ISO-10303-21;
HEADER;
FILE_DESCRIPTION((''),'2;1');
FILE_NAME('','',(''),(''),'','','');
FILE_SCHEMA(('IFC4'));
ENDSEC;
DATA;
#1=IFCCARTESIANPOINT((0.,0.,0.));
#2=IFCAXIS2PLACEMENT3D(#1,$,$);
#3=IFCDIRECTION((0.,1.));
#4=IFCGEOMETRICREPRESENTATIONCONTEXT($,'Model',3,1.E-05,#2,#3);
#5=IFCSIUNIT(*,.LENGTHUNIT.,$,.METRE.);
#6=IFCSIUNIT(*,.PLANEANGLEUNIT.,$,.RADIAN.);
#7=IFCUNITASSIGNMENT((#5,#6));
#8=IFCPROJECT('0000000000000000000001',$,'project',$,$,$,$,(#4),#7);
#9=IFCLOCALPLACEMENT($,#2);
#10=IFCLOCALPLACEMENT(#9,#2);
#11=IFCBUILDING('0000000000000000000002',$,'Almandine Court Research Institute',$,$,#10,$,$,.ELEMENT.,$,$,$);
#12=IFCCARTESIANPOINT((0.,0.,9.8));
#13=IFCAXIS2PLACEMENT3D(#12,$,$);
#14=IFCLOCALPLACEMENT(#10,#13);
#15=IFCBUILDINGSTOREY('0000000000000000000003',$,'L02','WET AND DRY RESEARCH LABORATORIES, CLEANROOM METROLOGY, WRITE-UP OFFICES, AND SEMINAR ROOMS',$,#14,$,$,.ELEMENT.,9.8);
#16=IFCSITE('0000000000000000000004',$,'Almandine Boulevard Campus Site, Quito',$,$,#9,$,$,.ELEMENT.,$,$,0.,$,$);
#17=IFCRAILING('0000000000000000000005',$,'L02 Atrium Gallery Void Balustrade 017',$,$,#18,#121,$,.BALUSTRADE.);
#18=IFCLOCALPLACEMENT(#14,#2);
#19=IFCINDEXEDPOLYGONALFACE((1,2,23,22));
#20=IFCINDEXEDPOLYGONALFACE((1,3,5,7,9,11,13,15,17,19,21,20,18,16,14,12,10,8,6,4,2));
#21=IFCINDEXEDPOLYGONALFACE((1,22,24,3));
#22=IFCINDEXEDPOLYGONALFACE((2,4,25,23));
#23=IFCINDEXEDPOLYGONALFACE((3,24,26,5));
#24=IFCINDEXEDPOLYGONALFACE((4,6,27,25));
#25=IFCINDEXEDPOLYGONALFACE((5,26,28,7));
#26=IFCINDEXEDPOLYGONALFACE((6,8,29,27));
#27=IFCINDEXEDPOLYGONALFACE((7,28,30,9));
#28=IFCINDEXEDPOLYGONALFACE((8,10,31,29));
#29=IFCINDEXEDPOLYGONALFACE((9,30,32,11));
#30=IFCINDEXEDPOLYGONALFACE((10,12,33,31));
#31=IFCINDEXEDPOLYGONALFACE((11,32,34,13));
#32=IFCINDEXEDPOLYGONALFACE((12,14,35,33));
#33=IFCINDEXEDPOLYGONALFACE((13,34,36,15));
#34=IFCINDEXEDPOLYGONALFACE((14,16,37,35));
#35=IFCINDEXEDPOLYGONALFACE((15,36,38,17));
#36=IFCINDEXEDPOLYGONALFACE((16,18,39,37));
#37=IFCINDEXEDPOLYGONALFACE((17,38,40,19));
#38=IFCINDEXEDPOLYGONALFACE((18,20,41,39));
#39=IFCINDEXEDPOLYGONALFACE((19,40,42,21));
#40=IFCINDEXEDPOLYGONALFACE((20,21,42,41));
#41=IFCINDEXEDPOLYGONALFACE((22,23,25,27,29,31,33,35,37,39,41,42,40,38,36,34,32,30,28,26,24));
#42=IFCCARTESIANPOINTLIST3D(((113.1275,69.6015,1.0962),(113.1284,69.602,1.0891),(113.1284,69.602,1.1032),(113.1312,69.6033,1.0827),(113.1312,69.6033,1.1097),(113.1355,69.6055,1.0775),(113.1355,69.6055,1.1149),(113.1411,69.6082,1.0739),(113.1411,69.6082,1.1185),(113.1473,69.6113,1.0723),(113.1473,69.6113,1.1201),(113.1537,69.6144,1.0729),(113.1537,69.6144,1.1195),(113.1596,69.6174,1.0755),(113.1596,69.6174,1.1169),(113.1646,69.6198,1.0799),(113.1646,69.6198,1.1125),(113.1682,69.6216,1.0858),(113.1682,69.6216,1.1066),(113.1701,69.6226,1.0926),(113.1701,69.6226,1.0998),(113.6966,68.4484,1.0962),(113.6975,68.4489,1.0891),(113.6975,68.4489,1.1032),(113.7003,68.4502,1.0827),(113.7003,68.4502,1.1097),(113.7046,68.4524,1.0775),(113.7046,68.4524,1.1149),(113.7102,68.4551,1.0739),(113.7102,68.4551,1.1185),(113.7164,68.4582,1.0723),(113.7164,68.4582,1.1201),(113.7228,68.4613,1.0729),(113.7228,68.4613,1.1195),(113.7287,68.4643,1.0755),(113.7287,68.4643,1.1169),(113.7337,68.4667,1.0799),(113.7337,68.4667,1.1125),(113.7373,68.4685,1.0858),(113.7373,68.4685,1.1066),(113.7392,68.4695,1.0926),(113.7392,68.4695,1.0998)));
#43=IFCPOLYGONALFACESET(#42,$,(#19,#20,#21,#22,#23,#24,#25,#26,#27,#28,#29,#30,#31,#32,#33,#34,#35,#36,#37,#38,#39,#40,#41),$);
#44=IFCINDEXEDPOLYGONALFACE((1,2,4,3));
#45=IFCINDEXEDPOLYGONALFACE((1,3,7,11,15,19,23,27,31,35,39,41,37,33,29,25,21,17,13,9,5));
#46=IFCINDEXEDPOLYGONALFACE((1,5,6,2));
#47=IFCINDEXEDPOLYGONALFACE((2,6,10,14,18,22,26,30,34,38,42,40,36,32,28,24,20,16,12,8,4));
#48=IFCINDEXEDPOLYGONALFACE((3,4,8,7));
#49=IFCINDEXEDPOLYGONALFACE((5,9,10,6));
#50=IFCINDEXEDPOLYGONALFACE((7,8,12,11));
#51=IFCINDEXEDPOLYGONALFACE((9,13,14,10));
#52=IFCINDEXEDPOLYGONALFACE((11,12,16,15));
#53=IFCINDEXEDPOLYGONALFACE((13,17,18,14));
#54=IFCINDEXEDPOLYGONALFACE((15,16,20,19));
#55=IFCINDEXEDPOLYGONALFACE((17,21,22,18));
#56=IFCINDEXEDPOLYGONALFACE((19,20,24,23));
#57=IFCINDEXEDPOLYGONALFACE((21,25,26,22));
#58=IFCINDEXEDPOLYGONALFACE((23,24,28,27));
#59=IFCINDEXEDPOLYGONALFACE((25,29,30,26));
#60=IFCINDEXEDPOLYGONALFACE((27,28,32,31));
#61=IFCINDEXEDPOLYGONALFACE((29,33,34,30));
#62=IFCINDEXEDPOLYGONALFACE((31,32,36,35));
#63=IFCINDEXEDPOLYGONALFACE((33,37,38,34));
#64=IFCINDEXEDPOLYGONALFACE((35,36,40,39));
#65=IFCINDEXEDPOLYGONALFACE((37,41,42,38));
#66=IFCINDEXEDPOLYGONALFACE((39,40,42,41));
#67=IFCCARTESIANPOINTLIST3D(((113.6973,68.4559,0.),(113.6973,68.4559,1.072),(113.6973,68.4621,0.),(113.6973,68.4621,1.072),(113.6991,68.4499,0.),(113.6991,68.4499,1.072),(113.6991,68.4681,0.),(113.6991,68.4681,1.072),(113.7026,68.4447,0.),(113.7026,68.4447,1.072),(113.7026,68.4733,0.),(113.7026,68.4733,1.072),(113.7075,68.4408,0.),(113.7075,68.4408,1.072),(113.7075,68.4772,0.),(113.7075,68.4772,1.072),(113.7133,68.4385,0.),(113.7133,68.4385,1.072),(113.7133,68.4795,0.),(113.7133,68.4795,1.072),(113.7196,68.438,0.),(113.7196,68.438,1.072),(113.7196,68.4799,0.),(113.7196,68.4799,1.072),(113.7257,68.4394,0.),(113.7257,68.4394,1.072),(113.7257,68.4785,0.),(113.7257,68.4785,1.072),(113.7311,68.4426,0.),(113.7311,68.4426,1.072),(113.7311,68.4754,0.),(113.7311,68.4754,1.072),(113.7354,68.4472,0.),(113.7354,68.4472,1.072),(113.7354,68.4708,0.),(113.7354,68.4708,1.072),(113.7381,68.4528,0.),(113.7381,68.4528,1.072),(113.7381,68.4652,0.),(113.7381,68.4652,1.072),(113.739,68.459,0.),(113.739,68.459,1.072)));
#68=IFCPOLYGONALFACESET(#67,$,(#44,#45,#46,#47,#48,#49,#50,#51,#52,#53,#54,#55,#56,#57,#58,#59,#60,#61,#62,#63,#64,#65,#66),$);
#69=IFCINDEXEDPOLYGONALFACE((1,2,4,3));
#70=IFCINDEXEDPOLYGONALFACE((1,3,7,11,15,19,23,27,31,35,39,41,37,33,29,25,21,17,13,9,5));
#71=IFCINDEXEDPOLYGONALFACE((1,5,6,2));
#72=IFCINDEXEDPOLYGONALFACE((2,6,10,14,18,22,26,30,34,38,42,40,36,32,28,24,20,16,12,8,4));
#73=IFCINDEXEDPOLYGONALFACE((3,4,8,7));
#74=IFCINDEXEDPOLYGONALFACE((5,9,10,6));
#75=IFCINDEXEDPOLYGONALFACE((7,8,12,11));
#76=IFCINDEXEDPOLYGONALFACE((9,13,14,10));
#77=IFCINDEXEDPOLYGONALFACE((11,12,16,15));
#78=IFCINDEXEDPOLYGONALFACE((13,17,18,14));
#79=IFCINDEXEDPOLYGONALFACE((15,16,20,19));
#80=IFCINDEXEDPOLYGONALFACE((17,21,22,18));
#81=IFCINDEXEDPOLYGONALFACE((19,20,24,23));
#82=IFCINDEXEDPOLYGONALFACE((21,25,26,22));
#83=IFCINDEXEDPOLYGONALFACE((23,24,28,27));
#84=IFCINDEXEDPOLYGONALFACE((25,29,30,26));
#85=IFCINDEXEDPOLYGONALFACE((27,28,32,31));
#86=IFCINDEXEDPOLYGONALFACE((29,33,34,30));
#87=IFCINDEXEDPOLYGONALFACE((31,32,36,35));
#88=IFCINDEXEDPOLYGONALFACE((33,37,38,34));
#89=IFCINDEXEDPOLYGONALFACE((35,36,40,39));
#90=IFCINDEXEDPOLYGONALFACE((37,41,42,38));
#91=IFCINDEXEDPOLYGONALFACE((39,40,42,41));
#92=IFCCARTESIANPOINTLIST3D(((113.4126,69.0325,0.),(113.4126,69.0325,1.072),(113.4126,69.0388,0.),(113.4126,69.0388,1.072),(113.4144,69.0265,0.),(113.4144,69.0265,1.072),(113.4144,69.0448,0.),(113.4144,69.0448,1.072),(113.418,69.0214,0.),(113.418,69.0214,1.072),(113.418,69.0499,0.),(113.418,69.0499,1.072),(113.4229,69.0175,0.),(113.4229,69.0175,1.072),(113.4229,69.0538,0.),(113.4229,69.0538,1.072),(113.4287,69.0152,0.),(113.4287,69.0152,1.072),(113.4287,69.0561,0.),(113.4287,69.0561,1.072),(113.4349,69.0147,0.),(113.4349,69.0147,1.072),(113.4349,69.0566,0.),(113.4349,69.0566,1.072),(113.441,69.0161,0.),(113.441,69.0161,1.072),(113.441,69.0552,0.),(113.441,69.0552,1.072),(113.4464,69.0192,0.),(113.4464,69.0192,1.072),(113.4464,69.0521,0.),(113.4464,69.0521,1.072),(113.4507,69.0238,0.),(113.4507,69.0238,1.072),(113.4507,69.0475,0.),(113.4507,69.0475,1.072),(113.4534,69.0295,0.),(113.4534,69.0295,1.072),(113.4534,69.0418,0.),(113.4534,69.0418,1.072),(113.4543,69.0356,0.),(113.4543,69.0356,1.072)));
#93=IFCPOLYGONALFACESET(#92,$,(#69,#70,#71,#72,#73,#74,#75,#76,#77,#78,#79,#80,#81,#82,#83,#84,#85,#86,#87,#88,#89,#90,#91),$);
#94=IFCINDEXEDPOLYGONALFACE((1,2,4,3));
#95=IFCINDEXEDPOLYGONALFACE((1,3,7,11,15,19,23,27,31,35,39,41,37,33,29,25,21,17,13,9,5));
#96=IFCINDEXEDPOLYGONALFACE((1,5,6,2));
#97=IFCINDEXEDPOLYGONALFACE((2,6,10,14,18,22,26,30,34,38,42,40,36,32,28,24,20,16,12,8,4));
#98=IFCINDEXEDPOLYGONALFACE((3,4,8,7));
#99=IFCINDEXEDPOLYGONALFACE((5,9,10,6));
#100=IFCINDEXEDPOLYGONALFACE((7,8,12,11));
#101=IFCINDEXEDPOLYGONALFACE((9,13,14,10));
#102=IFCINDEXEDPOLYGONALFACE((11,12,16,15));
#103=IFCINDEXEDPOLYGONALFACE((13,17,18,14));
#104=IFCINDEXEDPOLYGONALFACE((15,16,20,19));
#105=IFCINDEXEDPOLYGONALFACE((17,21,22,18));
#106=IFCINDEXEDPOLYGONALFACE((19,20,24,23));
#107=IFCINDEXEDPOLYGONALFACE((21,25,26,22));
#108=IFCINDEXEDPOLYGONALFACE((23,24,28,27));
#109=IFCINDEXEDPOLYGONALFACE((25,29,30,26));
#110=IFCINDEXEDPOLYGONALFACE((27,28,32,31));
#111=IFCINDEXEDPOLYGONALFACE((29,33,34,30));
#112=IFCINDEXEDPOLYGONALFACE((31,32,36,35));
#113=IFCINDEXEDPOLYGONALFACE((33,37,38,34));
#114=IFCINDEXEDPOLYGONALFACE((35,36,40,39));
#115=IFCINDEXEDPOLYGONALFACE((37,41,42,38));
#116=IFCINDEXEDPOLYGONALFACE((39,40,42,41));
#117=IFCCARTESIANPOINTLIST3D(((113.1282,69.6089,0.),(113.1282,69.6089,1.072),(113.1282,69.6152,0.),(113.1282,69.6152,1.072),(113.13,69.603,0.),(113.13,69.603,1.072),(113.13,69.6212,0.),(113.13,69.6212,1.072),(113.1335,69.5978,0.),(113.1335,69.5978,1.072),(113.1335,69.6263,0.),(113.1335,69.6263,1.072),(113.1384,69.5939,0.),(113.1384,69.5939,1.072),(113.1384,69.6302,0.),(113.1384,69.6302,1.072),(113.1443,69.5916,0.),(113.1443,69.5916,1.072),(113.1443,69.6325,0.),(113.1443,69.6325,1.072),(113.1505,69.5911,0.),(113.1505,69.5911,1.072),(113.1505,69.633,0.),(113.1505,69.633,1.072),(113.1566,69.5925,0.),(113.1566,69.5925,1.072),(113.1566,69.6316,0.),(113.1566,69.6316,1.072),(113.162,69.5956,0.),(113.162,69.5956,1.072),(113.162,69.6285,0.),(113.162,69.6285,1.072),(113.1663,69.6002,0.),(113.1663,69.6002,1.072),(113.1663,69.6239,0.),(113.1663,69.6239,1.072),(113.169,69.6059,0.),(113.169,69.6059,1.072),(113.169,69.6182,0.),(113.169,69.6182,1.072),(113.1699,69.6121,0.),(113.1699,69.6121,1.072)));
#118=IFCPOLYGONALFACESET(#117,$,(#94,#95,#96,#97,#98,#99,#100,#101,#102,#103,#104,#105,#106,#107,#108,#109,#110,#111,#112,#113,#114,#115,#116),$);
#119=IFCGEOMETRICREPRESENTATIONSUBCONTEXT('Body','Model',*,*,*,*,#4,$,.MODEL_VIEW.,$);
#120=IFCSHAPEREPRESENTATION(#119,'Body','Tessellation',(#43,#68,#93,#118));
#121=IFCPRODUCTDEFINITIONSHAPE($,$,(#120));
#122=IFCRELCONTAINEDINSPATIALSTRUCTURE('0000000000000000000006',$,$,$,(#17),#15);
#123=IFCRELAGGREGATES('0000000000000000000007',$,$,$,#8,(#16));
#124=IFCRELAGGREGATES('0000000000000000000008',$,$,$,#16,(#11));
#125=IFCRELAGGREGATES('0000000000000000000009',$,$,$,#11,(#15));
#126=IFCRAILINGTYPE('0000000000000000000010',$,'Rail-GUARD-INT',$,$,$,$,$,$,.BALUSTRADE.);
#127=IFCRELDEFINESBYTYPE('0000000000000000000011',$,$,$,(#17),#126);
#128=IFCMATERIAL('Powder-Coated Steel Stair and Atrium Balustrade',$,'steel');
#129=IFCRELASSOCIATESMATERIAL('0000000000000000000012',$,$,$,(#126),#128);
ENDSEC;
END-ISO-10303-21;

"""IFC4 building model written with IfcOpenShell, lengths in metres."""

from ifc_helpers import new_model, si_unit, direction, frame, origin, origin_2d, place, context, subcontext, project, spatial, circle, extrude, material, type_object, element, save


model = new_model("IFC4")

# Units and contexts
model_context = context("Model", 3, precision=1e-05, world=origin(), true_north=direction((0.0, 1.0)))
body_context = subcontext(model_context, "Body", "Model", "MODEL_VIEW")
ifc_project = project(units=[si_unit("LENGTHUNIT", "METRE"), si_unit("PLANEANGLEUNIT", "RADIAN")], contexts=[model_context])

# Site, building, storey
site_placement = place(None, origin())
site = spatial("IfcSite", under=ifc_project, at=site_placement, Name="Almandine Boulevard Campus Site, Quito", CompositionType="ELEMENT", RefElevation=0.0)
building_placement = place(site_placement, origin())
building = spatial("IfcBuilding", under=site, at=building_placement, Name="Almandine Court Research Institute", CompositionType="ELEMENT")
storey_placement = place(building_placement, frame((0.0, 0.0, 9.8)))
storey = spatial("IfcBuildingStorey", under=building, at=storey_placement, Name="L02", Description="WET AND DRY RESEARCH LABORATORIES, CLEANROOM METROLOGY, WRITE-UP OFFICES, AND SEMINAR ROOMS", CompositionType="ELEMENT", Elevation=9.8)

# Railing
ifc_material_1 = material(Name="Powder-Coated Steel Stair and Atrium Balustrade", Category="steel")
railing_type = type_object("IfcRailingType", Name="Rail-GUARD-INT", PredefinedType="BALUSTRADE", material=ifc_material_1)
railing_1_placement = place(storey_placement, frame((113.718, 68.459, 0.0)))
element("IfcRailing", 1, at=railing_1_placement, inside=storey, type_object=railing_type, Name="L02 Atrium Gallery Void Balustrade 017", PredefinedType="BALUSTRADE", context=body_context, shape_type="SweptSolid", body=[
    extrude(circle(Radius=0.0239, at=origin_2d()), frame((0.0, 0.0, 1.0962), z_axis=(-0.442575, 0.896732, 0.0), x_axis=(-0.896732, -0.442575, 0.0)), (0.0, 0.0, 1.0), 1.2859),
    extrude(circle(Radius=0.021, at=origin_2d()), origin(), (0.0, 0.0, 1.0), 1.072),
    extrude(circle(Radius=0.021, at=origin_2d()), frame((-0.2847, 0.5767, 0.0)), (0.0, 0.0, 1.0), 1.072),
    extrude(circle(Radius=0.021, at=origin_2d()), frame((-0.5691, 1.1531, 0.0)), (0.0, 0.0, 1.0), 1.072),
])

save(model, "model.ifc")
